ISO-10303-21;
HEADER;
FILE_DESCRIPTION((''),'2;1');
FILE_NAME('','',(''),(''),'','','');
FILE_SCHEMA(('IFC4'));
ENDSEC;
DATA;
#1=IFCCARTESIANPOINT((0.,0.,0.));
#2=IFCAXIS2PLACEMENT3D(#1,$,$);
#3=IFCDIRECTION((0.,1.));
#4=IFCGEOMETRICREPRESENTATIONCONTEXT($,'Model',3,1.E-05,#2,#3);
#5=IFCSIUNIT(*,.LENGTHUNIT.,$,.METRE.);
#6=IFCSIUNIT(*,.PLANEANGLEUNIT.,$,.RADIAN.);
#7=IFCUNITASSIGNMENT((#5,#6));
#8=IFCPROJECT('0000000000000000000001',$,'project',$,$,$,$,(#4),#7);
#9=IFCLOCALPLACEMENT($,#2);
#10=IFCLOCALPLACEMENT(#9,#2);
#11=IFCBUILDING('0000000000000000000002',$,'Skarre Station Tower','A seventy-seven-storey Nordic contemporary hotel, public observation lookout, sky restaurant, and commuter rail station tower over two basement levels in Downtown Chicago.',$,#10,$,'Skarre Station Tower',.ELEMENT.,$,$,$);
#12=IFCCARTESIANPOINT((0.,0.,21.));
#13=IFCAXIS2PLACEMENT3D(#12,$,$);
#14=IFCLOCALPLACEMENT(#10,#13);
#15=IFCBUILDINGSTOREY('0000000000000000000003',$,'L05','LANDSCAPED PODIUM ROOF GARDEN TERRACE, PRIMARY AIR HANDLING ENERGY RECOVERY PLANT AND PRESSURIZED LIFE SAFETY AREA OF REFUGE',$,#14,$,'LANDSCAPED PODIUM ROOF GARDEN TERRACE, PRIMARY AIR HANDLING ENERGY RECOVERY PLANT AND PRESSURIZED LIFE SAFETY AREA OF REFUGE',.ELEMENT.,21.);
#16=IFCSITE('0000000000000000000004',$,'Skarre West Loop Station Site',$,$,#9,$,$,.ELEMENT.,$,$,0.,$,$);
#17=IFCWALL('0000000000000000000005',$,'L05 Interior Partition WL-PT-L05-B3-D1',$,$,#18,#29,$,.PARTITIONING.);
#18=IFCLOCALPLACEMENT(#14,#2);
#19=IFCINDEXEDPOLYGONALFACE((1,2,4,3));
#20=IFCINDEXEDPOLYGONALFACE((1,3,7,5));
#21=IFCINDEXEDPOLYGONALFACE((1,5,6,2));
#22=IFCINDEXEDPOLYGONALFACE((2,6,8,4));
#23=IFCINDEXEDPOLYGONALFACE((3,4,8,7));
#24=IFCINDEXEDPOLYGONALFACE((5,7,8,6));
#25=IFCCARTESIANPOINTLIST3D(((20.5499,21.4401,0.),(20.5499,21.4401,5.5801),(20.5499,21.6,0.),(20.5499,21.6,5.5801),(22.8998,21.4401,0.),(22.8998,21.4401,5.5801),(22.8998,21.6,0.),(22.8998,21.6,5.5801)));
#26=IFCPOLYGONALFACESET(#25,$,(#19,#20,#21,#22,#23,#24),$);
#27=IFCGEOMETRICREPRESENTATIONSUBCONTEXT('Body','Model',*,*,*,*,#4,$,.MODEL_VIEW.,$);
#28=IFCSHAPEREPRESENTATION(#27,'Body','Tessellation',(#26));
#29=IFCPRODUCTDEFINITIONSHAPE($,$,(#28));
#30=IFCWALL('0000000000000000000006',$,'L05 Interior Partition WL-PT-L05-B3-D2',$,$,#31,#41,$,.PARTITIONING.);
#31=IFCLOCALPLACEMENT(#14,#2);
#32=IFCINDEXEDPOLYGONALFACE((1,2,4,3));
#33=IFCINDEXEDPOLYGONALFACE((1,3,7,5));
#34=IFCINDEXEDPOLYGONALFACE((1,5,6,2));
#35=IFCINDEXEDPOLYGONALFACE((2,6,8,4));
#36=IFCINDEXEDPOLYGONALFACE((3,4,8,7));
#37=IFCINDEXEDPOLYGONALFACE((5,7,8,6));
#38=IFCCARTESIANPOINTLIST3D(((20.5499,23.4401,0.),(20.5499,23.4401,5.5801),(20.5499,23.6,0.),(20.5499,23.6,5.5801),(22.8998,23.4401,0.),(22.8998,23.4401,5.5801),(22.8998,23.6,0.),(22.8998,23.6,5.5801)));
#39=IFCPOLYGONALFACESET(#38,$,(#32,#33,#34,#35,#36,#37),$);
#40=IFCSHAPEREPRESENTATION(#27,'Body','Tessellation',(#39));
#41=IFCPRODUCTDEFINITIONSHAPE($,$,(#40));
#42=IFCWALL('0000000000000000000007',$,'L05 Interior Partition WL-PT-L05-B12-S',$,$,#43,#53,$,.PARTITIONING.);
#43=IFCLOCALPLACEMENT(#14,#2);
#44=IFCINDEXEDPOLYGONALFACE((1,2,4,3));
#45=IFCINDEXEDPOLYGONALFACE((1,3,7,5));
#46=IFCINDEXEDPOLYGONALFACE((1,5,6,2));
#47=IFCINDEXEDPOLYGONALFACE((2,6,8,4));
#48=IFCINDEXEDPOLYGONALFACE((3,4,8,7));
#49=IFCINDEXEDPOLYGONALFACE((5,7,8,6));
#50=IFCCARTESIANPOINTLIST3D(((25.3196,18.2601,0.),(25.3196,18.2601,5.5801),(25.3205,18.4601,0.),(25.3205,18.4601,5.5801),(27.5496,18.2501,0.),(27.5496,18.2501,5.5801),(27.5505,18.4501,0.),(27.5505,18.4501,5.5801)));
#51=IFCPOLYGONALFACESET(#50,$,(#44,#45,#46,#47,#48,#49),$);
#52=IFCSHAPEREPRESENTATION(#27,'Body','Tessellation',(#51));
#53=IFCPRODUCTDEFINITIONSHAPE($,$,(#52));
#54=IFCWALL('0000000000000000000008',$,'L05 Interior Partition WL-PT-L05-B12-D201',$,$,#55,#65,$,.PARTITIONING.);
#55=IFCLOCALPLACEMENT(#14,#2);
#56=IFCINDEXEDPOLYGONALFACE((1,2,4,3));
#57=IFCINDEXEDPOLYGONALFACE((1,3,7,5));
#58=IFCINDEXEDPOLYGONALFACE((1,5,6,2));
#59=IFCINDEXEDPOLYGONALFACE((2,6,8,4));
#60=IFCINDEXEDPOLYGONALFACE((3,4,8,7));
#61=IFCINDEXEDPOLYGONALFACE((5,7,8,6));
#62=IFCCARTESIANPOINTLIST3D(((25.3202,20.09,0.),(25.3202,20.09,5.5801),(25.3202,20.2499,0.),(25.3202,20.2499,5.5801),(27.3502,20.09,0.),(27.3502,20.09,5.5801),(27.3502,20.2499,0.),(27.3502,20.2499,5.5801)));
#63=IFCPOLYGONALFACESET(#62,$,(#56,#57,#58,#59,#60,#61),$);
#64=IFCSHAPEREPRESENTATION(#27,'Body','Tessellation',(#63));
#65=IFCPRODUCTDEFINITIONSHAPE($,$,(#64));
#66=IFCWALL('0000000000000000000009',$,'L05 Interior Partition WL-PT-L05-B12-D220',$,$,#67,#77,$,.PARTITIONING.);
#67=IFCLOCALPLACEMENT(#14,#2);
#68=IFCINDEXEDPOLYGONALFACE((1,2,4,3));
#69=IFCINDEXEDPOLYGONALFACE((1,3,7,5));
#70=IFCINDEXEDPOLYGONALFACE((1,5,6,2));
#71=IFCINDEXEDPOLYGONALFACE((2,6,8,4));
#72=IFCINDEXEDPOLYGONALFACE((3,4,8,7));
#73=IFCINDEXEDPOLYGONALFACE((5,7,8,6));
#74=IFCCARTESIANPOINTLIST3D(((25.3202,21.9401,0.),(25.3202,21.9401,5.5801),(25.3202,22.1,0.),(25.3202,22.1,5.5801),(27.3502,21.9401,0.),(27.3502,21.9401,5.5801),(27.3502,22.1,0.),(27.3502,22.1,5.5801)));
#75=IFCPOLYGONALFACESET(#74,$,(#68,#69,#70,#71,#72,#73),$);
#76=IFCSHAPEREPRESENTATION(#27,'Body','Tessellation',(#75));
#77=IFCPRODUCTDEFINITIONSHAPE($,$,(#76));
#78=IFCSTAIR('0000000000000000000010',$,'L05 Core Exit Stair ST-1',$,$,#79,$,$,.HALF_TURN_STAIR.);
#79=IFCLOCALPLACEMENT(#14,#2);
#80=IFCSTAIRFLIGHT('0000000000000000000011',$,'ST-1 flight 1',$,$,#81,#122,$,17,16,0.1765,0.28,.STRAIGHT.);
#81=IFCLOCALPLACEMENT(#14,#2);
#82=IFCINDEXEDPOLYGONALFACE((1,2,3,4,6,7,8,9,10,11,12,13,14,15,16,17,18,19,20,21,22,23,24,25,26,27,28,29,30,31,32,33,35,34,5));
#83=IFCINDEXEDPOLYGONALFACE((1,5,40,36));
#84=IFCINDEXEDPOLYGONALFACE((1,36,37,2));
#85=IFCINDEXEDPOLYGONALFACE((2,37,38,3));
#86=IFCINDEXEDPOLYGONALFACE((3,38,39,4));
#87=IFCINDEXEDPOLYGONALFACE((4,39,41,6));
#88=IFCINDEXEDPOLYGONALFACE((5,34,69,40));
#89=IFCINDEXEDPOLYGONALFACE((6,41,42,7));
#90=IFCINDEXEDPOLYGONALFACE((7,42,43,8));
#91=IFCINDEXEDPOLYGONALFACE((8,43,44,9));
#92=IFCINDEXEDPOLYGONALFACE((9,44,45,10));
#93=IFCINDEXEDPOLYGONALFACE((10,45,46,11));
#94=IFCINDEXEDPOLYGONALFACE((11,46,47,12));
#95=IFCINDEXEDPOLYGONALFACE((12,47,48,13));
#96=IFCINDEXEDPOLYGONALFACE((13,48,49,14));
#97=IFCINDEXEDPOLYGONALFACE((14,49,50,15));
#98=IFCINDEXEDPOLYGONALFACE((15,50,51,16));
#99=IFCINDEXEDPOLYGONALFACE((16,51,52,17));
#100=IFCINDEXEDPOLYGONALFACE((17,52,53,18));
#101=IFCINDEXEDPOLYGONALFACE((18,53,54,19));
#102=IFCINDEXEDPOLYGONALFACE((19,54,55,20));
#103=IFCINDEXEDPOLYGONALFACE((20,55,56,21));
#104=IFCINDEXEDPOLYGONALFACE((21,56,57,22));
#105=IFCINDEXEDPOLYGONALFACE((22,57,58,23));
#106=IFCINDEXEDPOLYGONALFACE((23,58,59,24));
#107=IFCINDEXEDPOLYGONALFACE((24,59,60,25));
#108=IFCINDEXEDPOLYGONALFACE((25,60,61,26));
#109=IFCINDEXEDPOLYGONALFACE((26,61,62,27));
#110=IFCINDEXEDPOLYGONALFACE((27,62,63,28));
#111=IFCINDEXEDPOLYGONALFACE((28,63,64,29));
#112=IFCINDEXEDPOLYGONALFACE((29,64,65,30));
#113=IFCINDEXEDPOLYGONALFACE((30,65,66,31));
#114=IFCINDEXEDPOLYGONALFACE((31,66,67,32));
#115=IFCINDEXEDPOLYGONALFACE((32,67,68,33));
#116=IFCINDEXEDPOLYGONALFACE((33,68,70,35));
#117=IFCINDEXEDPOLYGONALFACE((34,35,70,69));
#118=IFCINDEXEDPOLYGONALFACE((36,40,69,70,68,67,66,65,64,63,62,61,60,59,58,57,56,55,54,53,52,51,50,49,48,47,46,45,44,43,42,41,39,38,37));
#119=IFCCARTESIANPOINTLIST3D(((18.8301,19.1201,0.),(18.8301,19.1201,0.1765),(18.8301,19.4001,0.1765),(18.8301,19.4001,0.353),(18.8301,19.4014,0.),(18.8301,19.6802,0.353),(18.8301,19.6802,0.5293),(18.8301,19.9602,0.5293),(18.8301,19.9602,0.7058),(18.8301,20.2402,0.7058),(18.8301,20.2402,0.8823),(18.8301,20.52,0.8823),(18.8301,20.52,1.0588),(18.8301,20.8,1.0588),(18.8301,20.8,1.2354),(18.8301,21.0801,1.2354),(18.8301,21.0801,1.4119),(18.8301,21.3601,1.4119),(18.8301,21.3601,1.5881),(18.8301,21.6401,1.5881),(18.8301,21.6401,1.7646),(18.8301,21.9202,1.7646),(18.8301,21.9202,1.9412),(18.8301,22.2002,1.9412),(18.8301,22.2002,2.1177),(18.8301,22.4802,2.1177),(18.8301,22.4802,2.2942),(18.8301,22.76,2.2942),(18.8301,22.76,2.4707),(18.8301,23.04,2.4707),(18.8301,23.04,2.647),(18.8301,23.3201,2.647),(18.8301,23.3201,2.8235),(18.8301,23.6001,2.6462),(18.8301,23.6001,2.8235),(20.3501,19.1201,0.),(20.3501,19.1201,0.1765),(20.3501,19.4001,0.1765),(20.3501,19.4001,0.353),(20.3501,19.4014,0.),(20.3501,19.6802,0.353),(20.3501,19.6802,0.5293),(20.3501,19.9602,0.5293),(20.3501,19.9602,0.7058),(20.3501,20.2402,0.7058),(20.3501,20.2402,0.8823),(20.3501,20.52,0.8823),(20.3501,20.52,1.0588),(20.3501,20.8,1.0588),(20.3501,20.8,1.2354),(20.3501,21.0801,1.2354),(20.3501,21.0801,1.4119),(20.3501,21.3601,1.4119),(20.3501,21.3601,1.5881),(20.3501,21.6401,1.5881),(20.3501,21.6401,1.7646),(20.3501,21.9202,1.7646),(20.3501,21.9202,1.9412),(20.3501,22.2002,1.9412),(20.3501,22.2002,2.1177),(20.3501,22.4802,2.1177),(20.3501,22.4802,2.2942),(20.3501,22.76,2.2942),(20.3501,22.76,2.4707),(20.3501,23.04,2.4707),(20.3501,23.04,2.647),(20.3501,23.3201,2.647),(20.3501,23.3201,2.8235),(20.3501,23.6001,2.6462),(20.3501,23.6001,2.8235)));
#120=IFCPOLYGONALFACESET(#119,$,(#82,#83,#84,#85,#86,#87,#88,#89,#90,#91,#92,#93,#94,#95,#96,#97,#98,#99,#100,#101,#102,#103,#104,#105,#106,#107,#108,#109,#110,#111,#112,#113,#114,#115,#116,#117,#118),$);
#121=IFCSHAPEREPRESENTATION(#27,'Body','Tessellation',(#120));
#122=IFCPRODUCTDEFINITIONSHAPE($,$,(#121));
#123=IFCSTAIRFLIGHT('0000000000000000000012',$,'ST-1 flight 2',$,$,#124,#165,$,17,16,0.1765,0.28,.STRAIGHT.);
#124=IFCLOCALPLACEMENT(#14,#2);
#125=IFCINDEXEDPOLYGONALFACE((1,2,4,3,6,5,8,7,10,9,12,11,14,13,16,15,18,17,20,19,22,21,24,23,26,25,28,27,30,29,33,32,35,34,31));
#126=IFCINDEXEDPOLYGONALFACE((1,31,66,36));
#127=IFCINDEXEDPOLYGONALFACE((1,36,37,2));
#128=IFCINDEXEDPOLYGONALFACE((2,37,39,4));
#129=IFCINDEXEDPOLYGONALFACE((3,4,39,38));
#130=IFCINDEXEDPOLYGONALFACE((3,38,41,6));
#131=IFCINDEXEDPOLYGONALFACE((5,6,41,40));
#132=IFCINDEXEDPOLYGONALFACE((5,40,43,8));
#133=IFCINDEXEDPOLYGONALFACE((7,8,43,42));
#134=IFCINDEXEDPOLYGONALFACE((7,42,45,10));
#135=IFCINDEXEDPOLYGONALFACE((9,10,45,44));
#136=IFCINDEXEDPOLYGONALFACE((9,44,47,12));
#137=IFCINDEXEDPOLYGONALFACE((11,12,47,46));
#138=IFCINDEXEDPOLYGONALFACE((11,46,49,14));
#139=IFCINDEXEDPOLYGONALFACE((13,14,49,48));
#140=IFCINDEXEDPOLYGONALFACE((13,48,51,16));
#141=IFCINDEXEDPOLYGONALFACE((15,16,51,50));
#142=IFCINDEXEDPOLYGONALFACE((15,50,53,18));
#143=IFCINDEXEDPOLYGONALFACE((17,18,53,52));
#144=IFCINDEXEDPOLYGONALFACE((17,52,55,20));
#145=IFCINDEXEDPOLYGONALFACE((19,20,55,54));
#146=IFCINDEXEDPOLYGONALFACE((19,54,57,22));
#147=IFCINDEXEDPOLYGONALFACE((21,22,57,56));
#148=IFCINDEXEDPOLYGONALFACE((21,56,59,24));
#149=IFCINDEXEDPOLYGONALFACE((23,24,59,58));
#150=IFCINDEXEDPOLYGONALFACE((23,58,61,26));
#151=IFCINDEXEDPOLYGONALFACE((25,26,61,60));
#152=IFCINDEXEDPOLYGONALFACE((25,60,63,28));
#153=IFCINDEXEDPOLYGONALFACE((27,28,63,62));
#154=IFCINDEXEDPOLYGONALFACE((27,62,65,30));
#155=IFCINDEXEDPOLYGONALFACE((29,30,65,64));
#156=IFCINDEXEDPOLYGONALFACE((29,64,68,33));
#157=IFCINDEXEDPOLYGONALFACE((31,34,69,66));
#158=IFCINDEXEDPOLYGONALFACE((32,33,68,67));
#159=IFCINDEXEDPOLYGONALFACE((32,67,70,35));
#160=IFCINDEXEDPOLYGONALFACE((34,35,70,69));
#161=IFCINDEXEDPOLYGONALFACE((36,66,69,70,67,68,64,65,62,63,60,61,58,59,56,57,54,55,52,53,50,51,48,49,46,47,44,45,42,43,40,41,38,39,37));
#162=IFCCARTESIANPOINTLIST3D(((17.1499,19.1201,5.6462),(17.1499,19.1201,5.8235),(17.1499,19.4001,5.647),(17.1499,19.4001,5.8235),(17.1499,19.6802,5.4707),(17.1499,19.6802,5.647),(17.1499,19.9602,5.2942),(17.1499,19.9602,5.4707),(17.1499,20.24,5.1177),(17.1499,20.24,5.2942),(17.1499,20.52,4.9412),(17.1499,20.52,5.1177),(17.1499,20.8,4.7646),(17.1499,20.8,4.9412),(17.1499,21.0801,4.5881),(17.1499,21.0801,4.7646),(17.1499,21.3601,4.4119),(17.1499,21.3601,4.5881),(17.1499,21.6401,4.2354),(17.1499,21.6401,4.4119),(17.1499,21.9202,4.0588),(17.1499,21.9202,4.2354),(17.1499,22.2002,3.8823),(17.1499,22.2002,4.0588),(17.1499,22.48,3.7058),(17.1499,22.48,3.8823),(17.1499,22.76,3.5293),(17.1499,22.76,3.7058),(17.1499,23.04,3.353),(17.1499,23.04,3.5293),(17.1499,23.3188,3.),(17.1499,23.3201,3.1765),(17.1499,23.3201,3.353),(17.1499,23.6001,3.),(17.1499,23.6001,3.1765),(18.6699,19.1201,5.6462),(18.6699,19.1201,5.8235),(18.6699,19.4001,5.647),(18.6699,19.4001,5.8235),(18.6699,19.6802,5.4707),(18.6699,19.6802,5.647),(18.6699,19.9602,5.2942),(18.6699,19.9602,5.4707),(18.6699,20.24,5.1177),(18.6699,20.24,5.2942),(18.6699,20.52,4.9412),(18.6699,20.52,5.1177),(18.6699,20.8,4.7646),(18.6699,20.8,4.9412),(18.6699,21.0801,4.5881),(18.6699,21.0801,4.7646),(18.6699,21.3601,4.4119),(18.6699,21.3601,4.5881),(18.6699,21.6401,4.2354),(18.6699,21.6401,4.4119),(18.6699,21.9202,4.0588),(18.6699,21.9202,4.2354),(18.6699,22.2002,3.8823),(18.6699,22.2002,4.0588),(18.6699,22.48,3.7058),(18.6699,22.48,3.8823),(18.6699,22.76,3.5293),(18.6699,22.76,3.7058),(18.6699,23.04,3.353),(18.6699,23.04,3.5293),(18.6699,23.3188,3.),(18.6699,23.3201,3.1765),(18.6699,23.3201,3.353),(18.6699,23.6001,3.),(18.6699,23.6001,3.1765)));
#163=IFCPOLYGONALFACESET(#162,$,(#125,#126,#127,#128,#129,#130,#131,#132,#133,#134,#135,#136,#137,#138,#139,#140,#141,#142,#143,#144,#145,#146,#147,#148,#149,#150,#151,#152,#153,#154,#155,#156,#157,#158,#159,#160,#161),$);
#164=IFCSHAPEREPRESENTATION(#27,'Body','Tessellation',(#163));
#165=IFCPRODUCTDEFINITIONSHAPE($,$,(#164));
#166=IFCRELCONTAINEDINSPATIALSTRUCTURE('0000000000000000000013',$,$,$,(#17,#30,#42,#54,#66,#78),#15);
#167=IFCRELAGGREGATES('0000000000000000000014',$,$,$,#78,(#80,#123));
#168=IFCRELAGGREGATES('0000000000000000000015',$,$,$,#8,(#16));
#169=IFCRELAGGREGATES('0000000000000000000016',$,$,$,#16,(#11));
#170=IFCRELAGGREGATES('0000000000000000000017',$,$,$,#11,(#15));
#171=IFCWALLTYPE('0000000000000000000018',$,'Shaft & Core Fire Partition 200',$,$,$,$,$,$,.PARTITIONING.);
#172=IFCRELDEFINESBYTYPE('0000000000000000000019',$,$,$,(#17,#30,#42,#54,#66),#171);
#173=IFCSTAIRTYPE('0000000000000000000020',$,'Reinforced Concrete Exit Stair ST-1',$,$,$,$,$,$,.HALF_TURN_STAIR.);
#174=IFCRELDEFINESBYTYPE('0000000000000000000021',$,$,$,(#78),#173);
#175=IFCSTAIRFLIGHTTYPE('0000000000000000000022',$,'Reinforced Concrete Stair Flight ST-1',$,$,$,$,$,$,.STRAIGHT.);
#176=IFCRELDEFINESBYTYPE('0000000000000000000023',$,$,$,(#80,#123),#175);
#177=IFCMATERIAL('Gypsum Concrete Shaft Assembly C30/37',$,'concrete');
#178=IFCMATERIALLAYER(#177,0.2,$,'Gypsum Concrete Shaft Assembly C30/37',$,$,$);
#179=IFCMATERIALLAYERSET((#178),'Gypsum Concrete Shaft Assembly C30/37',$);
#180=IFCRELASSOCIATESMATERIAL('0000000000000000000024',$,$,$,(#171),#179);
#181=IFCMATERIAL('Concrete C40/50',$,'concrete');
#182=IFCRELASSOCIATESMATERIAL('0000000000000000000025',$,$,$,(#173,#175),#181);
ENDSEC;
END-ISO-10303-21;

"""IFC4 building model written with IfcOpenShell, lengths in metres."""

from ifc_helpers import new_model, si_unit, direction, frame, frame_2d, origin, place, context, subcontext, project, spatial, polyline, rectangle, outline, extrude, material, layer, layer_set, type_object, element, aggregate, save


model = new_model("IFC4")

# Units and contexts
model_context = context("Model", 3, precision=1e-05, world=origin(), true_north=direction((0.0, 1.0)))
body_context = subcontext(model_context, "Body", "Model", "MODEL_VIEW")
ifc_project = project(units=[si_unit("LENGTHUNIT", "METRE"), si_unit("PLANEANGLEUNIT", "RADIAN")], contexts=[model_context])

# Site, building, storey
site_placement = place(None, origin())
site = spatial("IfcSite", under=ifc_project, at=site_placement, Name="Skarre West Loop Station Site", CompositionType="ELEMENT", RefElevation=0.0)
building_placement = place(site_placement, origin())
building = spatial("IfcBuilding", under=site, at=building_placement, Name="Skarre Station Tower", Description="A seventy-seven-storey Nordic contemporary hotel, public observation lookout, sky restaurant, and commuter rail station tower over two basement levels in Downtown Chicago.", LongName="Skarre Station Tower", CompositionType="ELEMENT")
storey_placement = place(building_placement, frame((0.0, 0.0, 21.0)))
storey = spatial("IfcBuildingStorey", under=building, at=storey_placement, Name="L05", Description="LANDSCAPED PODIUM ROOF GARDEN TERRACE, PRIMARY AIR HANDLING ENERGY RECOVERY PLANT AND PRESSURIZED LIFE SAFETY AREA OF REFUGE", LongName="LANDSCAPED PODIUM ROOF GARDEN TERRACE, PRIMARY AIR HANDLING ENERGY RECOVERY PLANT AND PRESSURIZED LIFE SAFETY AREA OF REFUGE", CompositionType="ELEMENT", Elevation=21.0)

# Walls
ifc_material_1 = material(Name="Gypsum Concrete Shaft Assembly C30/37", Category="concrete")
ifc_layer_1 = layer(ifc_material_1, 0.2, Name="Gypsum Concrete Shaft Assembly C30/37")
ifc_layer_set_1 = layer_set([ifc_layer_1], Name="Gypsum Concrete Shaft Assembly C30/37")
wall_type_1 = type_object("IfcWallType", Name="Shaft & Core Fire Partition 200", PredefinedType="PARTITIONING", material=ifc_layer_set_1)
for number, where, z_axis, x_axis, name in (
    (1, (20.55, 21.52, 0.0), (0.0, 0.0, 1.0), (1.0, 0.0, 0.0), "L05 Interior Partition WL-PT-L05-B3-D1"),
    (2, (20.55, 23.52, 0.0), (0.0, 0.0, 1.0), (1.0, 0.0, 0.0), "L05 Interior Partition WL-PT-L05-B3-D2"),
):
    element("IfcWall", number, at=place(storey_placement, frame(where, z_axis=z_axis, x_axis=x_axis)), inside=storey, type_object=wall_type_1, Name=name, PredefinedType="PARTITIONING", context=body_context, shape_type="SweptSolid", body=[
        extrude(rectangle(XDim=2.3499, YDim=0.1599, at=frame_2d((1.1748, 0.0))), origin(), (0.0, 0.0, 1.0), 5.5801),
    ])
wall_1_placement = place(storey_placement, frame((25.3201, 18.3601, 0.0), z_axis=(0.0, 0.0, 1.0), x_axis=(0.99999, -0.004489, 0.0)))
element("IfcWall", 3, at=wall_1_placement, inside=storey, type_object=wall_type_1, Name="L05 Interior Partition WL-PT-L05-B12-S", PredefinedType="PARTITIONING", context=body_context, shape_type="SweptSolid", body=[
    extrude(rectangle(XDim=2.23, YDim=0.2, at=frame_2d((1.115, 0.0))), origin(), (0.0, 0.0, 1.0), 5.5801),
])
for number, where, z_axis, x_axis, name in (
    (4, (25.3201, 20.1699, 0.0), (0.0, 0.0, 1.0), (1.0, 0.0, 0.0), "L05 Interior Partition WL-PT-L05-B12-D201"),
    (5, (25.3201, 22.02, 0.0), (0.0, 0.0, 1.0), (1.0, 0.0, 0.0), "L05 Interior Partition WL-PT-L05-B12-D220"),
):
    element("IfcWall", number, at=place(storey_placement, frame(where, z_axis=z_axis, x_axis=x_axis)), inside=storey, type_object=wall_type_1, Name=name, PredefinedType="PARTITIONING", context=body_context, shape_type="SweptSolid", body=[
        extrude(rectangle(XDim=2.03, YDim=0.1599, at=frame_2d((1.0151, 0.0))), origin(), (0.0, 0.0, 1.0), 5.5801),
    ])

# Stair, stair flights
ifc_material_2 = material(Name="Concrete C40/50", Category="concrete")
stair_type_1 = type_object("IfcStairType", Name="Reinforced Concrete Exit Stair ST-1", PredefinedType="HALF_TURN_STAIR", material=ifc_material_2)
stair_1_placement = place(storey_placement, origin())
stair_1 = element("IfcStair", 6, at=stair_1_placement, inside=storey, type_object=stair_type_1, Name="L05 Core Exit Stair ST-1", PredefinedType="HALF_TURN_STAIR")
stair_flight_type_1 = type_object("IfcStairFlightType", Name="Reinforced Concrete Stair Flight ST-1", PredefinedType="STRAIGHT", material=ifc_material_2)
stair_flight_1_placement = place(storey_placement, frame((19.5901, 19.1201, 0.0), z_axis=(0.0, 0.0, 1.0), x_axis=(0.0, 1.0, 0.0)))
stair_flight_1 = element("IfcStairFlight", 7, at=stair_flight_1_placement, type_object=stair_flight_type_1, Name="ST-1 flight 1", NumberOfRisers=17, NumberOfTreads=16, PredefinedType="STRAIGHT", RiserHeight=0.1765, TreadLength=0.28, context=body_context, shape_type="SweptSolid", body=[
    extrude(outline(polyline([(0.0, 0.0), (0.0, 0.1765), (0.28, 0.1765), (0.28, 0.353), (0.5601, 0.353), (0.5601, 0.5293), (0.8401, 0.5293), (0.8401, 0.7058), (1.1201, 0.7058), (1.1201, 0.8823), (1.3999, 0.8823), (1.3999, 1.0588), (1.6799, 1.0588), (1.6799, 1.2354), (1.96, 1.2354), (1.96, 1.4119), (2.24, 1.4119), (2.24, 1.5881), (2.52, 1.5881), (2.52, 1.7646), (2.8, 1.7646), (2.8, 1.9412), (3.0801, 1.9412), (3.0801, 2.1177), (3.3601, 2.1177), (3.3601, 2.2942), (3.6399, 2.2942), (3.6399, 2.4707), (3.9199, 2.4707), (3.9199, 2.647), (4.2, 2.647), (4.2, 2.8235), (4.48, 2.8235), (4.48, 3.0), (4.48, 2.6462), (0.2812, 0.0), (0.0, 0.0)])), frame((0.0, 0.76, 0.0), z_axis=(0.0, -1.0, 0.0), x_axis=(1.0, 0.0, 0.0)), (0.0, 0.0, 1.0), 1.52),
])
stair_flight_2_placement = place(storey_placement, frame((17.9099, 23.6001, 3.0), z_axis=(0.0, 0.0, 1.0), x_axis=(0.0, -1.0, 0.0)))
stair_flight_2 = element("IfcStairFlight", 8, at=stair_flight_2_placement, type_object=stair_flight_type_1, Name="ST-1 flight 2", NumberOfRisers=17, NumberOfTreads=16, PredefinedType="STRAIGHT", RiserHeight=0.1765, TreadLength=0.28, context=body_context, shape_type="SweptSolid", body=[
    extrude(outline(polyline([(0.0, 0.0), (0.0, 0.1765), (0.28, 0.1765), (0.28, 0.353), (0.5601, 0.353), (0.5601, 0.5293), (0.8401, 0.5293), (0.8401, 0.7058), (1.1201, 0.7058), (1.1201, 0.8823), (1.3999, 0.8823), (1.3999, 1.0588), (1.6799, 1.0588), (1.6799, 1.2354), (1.96, 1.2354), (1.96, 1.4119), (2.24, 1.4119), (2.24, 1.5881), (2.52, 1.5881), (2.52, 1.7646), (2.8, 1.7646), (2.8, 1.9412), (3.0801, 1.9412), (3.0801, 2.1177), (3.3601, 2.1177), (3.3601, 2.2942), (3.6399, 2.2942), (3.6399, 2.4707), (3.9199, 2.4707), (3.9199, 2.647), (4.2, 2.647), (4.2, 2.8235), (4.48, 2.8235), (4.48, 3.0), (4.48, 2.6462), (0.2812, 0.0), (0.0, 0.0)])), frame((0.0, 0.76, 0.0), z_axis=(0.0, -1.0, 0.0), x_axis=(1.0, 0.0, 0.0)), (0.0, 0.0, 1.0), 1.52),
])
aggregate(stair_1, [stair_flight_1, stair_flight_2])

save(model, "model.ifc")
